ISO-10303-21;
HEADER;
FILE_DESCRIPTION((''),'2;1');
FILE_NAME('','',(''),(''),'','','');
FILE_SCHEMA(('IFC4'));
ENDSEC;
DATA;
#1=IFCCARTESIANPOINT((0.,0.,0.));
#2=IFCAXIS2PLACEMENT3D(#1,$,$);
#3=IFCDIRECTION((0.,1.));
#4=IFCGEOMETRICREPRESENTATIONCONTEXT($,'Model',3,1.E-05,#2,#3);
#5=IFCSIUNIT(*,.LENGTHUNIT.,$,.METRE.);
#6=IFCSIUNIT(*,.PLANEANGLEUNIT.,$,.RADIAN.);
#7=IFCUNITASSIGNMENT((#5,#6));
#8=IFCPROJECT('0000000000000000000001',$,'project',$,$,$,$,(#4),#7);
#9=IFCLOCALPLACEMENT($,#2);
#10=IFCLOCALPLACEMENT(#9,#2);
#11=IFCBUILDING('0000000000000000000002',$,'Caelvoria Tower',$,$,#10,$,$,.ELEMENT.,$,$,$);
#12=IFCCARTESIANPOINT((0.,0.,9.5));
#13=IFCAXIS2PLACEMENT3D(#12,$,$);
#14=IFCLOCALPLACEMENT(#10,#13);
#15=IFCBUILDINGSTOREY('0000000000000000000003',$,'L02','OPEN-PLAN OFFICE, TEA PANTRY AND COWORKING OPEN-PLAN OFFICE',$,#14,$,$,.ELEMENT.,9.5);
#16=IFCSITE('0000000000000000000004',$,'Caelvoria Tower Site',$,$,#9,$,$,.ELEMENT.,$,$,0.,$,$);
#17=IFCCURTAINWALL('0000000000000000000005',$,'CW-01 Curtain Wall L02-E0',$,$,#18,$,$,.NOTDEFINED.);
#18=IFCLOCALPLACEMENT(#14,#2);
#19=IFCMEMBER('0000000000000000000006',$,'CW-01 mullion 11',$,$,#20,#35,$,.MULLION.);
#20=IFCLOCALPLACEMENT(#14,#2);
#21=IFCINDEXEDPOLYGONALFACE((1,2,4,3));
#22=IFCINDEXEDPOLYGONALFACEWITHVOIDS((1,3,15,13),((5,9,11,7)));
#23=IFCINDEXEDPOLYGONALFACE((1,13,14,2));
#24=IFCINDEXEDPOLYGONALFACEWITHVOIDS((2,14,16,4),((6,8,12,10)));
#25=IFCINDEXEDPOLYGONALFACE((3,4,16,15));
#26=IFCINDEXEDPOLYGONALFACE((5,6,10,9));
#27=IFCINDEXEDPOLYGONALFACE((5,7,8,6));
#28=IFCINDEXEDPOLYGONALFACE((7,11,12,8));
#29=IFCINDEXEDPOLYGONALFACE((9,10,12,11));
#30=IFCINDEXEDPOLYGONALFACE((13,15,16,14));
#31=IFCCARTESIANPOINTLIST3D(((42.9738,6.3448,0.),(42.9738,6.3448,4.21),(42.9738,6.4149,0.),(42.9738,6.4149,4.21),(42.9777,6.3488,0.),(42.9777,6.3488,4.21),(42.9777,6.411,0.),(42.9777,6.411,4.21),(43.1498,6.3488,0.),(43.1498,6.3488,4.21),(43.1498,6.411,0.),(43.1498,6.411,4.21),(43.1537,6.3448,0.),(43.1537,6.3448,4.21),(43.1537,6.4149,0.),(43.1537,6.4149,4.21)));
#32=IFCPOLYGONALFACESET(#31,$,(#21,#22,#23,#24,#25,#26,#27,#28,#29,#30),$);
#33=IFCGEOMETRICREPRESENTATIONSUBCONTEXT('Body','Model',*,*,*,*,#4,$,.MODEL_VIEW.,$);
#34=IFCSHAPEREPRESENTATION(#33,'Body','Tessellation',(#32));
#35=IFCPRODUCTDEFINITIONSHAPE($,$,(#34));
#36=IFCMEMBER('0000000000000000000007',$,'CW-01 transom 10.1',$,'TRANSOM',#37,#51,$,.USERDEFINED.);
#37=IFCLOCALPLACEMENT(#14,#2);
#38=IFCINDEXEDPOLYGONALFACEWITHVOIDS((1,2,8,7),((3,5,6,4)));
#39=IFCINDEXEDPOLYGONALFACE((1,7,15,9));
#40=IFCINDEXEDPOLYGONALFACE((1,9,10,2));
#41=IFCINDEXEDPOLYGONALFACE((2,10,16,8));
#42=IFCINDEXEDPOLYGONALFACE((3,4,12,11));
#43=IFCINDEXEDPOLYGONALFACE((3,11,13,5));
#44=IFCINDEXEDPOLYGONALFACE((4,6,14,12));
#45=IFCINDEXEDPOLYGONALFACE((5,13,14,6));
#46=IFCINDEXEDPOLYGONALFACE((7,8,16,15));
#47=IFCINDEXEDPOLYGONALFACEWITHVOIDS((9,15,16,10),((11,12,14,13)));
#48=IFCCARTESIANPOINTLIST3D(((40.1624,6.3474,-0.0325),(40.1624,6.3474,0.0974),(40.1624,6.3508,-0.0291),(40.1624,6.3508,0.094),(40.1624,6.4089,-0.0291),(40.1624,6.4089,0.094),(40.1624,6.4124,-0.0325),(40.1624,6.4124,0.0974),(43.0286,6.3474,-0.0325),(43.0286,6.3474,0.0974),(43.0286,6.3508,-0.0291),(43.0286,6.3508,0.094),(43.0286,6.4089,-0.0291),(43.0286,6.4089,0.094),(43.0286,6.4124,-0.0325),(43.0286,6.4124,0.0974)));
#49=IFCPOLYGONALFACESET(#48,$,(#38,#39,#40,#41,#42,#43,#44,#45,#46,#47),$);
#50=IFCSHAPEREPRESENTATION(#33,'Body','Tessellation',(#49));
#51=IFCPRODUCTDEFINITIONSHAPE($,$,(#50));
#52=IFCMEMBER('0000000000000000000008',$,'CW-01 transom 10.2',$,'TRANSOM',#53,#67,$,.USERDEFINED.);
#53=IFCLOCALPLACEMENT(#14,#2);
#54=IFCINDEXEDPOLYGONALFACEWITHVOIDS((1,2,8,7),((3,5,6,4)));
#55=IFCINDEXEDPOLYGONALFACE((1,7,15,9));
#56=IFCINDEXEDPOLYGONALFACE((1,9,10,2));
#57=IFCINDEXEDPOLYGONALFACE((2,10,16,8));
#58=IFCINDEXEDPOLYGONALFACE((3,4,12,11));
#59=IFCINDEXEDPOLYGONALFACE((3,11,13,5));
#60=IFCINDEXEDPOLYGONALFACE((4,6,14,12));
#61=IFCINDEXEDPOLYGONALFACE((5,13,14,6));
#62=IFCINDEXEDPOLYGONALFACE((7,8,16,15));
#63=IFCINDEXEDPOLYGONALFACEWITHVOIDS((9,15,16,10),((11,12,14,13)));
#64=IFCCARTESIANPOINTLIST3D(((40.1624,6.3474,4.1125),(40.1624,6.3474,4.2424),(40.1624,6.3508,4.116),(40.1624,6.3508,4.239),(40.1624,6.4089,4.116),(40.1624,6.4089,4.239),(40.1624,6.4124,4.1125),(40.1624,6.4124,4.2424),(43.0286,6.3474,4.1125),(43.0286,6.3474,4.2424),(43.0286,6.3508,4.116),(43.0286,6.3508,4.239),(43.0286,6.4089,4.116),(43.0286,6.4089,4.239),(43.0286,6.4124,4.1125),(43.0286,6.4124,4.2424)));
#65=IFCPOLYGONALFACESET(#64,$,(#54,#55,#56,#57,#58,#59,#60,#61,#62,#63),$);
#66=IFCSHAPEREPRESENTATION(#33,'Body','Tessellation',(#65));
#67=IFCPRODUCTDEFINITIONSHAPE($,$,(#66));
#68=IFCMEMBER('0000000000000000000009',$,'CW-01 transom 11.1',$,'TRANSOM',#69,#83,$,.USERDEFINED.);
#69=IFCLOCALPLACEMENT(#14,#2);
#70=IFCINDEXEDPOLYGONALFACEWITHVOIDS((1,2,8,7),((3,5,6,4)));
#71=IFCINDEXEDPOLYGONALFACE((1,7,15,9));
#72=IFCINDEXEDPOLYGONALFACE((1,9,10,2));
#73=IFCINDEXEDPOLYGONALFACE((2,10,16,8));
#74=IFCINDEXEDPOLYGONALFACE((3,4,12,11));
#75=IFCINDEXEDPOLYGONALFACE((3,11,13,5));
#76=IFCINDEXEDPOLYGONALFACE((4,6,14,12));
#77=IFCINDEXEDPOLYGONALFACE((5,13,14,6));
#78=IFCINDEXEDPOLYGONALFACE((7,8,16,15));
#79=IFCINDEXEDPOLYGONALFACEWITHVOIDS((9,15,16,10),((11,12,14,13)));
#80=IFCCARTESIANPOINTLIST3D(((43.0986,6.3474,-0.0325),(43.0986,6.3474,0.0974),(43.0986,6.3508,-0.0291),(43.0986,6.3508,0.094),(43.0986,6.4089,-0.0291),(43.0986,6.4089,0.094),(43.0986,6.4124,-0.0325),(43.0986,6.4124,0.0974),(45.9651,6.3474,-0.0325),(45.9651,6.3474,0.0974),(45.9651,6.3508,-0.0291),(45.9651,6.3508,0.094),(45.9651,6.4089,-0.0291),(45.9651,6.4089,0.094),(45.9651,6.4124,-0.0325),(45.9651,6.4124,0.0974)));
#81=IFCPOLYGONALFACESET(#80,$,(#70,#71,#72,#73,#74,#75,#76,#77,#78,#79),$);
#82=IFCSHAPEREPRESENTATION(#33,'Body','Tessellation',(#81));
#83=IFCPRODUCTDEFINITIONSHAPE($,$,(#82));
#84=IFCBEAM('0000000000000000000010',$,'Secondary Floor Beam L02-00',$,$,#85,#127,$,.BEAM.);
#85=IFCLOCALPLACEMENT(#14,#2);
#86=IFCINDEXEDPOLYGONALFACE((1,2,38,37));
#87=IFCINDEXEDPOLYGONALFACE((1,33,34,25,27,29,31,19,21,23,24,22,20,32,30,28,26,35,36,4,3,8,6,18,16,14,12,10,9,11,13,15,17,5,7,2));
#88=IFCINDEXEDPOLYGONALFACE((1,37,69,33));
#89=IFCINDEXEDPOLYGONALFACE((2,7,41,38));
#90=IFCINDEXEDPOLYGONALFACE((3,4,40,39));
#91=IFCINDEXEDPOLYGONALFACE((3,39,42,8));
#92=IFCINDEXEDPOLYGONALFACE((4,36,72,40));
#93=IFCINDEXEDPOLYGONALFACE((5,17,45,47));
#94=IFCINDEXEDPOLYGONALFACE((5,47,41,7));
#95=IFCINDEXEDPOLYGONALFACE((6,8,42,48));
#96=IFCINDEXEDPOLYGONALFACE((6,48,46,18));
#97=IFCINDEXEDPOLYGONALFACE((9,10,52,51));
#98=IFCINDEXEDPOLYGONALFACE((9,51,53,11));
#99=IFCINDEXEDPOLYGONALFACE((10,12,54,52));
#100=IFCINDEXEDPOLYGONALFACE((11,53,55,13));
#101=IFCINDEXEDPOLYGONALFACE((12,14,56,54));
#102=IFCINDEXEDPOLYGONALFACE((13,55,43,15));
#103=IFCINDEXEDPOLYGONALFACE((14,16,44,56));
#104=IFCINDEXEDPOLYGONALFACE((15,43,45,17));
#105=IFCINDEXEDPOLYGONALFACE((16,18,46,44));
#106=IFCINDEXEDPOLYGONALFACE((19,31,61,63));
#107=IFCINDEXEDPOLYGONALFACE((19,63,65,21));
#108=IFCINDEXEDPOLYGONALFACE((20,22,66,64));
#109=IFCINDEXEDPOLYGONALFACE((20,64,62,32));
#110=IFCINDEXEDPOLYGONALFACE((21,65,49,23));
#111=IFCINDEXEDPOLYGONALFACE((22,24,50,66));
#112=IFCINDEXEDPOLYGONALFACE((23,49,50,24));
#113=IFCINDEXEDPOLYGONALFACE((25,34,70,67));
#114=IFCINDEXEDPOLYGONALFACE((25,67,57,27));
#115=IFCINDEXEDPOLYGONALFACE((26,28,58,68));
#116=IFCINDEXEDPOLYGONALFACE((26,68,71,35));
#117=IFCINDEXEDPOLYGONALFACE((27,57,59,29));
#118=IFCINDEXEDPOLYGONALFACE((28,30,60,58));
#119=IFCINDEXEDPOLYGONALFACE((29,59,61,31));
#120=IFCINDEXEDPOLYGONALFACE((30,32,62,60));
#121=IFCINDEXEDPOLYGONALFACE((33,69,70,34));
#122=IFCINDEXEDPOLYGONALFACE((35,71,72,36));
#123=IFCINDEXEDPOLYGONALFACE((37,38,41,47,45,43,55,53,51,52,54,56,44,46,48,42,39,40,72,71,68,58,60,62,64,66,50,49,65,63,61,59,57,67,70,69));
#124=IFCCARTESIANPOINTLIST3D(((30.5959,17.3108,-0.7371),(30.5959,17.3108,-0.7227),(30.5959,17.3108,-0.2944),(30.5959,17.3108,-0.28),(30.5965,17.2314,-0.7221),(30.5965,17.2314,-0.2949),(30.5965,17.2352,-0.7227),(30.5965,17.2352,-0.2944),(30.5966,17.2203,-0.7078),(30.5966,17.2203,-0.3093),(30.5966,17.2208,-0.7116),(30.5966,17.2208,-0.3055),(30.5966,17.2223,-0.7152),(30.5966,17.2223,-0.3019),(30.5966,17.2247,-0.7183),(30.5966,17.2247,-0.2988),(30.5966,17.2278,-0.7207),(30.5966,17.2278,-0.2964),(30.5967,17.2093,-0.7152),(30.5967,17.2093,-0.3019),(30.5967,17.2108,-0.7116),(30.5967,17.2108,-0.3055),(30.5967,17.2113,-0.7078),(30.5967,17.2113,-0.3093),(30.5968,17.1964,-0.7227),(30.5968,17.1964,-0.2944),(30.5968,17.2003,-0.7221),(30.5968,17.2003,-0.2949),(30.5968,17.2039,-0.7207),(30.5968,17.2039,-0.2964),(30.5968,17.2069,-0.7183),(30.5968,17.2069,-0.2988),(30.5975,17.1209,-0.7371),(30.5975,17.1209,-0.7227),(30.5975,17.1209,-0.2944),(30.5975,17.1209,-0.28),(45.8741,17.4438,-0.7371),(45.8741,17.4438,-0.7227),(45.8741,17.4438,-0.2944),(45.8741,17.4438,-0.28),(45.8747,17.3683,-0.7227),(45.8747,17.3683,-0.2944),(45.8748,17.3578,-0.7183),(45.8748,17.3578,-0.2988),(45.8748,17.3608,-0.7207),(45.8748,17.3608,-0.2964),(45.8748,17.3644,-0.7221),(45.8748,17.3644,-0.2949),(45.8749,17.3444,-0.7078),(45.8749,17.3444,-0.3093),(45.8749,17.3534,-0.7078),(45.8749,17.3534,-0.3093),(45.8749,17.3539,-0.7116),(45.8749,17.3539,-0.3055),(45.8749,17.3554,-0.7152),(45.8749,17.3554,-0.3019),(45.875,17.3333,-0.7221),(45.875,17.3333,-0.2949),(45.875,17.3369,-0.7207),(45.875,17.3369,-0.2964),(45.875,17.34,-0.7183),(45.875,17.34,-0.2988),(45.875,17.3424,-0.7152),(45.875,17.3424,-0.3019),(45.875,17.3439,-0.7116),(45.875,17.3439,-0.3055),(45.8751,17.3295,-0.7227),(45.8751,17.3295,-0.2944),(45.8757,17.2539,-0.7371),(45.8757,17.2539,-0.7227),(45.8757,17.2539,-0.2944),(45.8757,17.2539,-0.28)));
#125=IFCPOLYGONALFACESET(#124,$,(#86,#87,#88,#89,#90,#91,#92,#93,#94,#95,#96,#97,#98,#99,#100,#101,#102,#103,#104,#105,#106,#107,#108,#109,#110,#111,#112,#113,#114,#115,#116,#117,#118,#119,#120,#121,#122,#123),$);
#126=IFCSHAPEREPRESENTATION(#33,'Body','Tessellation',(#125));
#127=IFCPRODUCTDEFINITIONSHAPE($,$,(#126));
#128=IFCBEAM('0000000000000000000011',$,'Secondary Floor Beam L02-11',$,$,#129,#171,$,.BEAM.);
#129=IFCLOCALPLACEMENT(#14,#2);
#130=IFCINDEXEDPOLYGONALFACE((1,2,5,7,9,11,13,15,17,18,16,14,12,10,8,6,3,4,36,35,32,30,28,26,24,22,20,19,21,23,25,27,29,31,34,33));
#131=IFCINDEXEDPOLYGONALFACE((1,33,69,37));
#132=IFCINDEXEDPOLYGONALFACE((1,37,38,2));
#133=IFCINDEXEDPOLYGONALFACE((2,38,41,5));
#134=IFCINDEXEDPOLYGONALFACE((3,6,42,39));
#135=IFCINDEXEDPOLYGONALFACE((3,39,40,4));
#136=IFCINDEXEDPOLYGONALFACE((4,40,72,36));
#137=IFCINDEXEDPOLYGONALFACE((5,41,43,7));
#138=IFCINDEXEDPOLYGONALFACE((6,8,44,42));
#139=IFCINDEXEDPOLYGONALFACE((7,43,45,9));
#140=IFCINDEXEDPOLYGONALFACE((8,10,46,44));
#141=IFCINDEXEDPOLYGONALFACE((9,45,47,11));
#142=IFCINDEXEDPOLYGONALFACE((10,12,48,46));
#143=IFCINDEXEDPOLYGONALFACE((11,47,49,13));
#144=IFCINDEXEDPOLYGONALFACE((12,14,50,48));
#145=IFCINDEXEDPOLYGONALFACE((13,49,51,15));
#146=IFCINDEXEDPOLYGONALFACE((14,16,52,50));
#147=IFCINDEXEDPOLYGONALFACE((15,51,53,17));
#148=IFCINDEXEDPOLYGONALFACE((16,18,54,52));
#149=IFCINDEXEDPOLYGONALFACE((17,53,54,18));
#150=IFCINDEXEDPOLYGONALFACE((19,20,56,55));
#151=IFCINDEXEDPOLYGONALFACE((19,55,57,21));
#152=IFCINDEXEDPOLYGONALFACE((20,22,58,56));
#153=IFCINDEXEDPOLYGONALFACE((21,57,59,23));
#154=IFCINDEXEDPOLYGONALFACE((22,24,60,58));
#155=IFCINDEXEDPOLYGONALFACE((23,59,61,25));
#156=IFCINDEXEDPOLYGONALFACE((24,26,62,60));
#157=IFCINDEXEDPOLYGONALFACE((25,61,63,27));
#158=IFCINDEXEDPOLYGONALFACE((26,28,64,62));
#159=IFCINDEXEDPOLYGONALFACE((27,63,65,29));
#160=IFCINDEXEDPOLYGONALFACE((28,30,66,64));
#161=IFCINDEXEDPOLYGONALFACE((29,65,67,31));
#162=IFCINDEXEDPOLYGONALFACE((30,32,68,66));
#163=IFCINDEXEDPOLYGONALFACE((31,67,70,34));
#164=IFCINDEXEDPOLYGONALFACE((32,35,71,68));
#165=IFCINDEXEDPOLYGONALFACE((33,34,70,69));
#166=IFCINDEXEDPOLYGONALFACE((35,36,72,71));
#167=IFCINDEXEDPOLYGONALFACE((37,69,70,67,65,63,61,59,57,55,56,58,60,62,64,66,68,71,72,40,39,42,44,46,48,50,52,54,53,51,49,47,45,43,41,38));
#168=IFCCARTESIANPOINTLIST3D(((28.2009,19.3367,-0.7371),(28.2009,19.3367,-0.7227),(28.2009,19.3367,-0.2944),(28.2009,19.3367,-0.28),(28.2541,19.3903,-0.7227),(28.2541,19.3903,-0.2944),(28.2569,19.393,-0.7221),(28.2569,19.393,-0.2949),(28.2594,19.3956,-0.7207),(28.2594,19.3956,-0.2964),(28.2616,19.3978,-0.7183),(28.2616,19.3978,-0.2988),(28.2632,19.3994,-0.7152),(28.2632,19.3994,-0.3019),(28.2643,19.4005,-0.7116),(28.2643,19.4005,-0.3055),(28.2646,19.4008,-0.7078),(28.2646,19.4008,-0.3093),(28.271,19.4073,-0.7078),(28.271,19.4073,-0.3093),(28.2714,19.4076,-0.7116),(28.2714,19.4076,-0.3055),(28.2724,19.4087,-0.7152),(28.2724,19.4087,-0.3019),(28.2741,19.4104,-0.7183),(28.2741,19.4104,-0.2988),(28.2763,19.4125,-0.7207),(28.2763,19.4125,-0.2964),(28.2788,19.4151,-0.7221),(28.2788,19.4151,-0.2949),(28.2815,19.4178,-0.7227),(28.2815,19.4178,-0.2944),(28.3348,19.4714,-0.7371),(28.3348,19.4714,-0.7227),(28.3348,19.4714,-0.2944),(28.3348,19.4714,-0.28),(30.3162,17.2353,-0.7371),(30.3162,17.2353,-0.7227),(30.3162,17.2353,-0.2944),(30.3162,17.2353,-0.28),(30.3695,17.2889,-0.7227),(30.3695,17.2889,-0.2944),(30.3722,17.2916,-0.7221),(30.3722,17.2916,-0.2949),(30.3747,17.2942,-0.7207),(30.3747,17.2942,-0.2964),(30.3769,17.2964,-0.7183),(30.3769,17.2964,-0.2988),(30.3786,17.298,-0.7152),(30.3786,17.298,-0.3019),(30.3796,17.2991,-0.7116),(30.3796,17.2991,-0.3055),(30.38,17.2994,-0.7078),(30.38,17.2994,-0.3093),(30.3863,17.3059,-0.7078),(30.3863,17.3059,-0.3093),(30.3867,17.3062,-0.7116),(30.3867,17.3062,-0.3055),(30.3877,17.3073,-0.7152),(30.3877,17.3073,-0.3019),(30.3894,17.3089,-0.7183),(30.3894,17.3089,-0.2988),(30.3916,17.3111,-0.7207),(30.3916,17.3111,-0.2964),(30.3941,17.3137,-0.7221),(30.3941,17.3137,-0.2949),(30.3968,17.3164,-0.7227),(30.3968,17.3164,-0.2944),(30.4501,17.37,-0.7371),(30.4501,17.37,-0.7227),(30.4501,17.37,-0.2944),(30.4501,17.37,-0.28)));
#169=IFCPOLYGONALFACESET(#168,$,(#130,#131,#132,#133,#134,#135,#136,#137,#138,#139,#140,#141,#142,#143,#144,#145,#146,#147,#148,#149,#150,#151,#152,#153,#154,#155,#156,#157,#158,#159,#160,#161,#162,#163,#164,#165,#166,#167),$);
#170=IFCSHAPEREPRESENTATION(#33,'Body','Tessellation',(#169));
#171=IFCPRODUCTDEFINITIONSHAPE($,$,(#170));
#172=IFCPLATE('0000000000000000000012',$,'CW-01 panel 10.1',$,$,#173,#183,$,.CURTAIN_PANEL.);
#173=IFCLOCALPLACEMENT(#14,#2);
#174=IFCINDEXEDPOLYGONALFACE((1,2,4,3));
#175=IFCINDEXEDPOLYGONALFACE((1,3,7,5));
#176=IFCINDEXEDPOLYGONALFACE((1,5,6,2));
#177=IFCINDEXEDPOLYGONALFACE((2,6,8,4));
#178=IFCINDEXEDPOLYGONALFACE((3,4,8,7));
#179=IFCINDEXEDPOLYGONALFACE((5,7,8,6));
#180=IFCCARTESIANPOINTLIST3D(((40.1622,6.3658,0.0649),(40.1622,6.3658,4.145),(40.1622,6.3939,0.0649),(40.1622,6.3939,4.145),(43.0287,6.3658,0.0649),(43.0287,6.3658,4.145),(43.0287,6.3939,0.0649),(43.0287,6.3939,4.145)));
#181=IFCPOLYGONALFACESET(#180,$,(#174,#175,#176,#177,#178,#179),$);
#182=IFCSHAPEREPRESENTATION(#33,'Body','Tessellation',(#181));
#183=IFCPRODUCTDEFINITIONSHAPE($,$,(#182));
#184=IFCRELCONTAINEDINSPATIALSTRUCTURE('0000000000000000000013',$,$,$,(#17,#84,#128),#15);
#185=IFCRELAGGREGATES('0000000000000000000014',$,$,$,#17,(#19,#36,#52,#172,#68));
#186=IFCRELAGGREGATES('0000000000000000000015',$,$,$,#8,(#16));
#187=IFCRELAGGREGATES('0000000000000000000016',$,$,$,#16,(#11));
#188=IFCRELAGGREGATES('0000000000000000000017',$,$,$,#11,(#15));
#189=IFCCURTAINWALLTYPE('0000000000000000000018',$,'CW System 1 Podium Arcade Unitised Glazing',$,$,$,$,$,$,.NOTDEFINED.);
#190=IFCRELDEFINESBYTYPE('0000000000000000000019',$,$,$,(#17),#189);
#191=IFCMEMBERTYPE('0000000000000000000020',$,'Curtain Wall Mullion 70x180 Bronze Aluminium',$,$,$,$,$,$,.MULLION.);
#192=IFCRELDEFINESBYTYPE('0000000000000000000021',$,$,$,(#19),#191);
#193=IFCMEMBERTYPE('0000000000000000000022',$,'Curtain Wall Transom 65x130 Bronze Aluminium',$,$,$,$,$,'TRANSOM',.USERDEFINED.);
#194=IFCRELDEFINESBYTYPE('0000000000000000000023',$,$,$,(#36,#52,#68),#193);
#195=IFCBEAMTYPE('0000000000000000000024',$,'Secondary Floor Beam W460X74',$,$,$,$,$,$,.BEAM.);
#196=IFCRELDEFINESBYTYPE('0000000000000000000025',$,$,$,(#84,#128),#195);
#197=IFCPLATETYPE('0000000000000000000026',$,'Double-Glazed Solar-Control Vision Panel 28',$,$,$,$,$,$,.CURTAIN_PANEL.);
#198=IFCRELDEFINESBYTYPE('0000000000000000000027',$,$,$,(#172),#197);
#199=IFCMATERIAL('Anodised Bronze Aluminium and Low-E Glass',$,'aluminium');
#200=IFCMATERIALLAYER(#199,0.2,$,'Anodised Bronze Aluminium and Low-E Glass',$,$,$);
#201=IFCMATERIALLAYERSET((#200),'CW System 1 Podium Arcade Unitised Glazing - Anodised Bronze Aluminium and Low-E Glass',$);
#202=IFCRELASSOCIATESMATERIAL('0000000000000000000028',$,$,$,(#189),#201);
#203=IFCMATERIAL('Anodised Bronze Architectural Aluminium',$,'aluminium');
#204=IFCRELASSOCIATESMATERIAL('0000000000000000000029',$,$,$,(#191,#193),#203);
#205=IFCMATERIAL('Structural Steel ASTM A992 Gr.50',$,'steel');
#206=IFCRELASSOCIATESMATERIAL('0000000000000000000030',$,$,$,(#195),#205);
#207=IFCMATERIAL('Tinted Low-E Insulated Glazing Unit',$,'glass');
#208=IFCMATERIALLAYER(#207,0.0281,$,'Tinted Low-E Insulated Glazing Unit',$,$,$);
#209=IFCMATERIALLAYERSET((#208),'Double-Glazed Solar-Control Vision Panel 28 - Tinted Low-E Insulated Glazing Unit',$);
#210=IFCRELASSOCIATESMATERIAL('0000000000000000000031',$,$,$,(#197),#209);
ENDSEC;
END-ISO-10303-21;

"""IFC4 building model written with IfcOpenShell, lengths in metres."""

from ifc_helpers import new_model, si_unit, direction, frame, origin, origin_2d, place, context, subcontext, project, spatial, rectangle, hollow_rectangle, i_section, extrude, material, layer, layer_set, material_profile, profile_set, type_object, element, aggregate, save


model = new_model("IFC4")

# Units and contexts
model_context = context("Model", 3, precision=1e-05, world=origin(), true_north=direction((0.0, 1.0)))
body_context = subcontext(model_context, "Body", "Model", "MODEL_VIEW")
ifc_project = project(units=[si_unit("LENGTHUNIT", "METRE"), si_unit("PLANEANGLEUNIT", "RADIAN")], contexts=[model_context])

# Site, building, storey
site_placement = place(None, origin())
site = spatial("IfcSite", under=ifc_project, at=site_placement, Name="Caelvoria Tower Site", CompositionType="ELEMENT", RefElevation=0.0)
building_placement = place(site_placement, origin())
building = spatial("IfcBuilding", under=site, at=building_placement, Name="Caelvoria Tower", CompositionType="ELEMENT")
storey_placement = place(building_placement, frame((0.0, 0.0, 9.5)))
storey = spatial("IfcBuildingStorey", under=building, at=storey_placement, Name="L02", Description="OPEN-PLAN OFFICE, TEA PANTRY AND COWORKING OPEN-PLAN OFFICE", CompositionType="ELEMENT", Elevation=9.5)

# Curtain wall, members
ifc_material_1 = material(Name="Anodised Bronze Aluminium and Low-E Glass", Category="aluminium")
ifc_layer_1 = layer(ifc_material_1, 0.2, Name="Anodised Bronze Aluminium and Low-E Glass")
ifc_layer_set_1 = layer_set([ifc_layer_1], Name="CW System 1 Podium Arcade Unitised Glazing - Anodised Bronze Aluminium and Low-E Glass")
curtain_wall_type = type_object("IfcCurtainWallType", Name="CW System 1 Podium Arcade Unitised Glazing", PredefinedType="NOTDEFINED", material=ifc_layer_set_1)
curtain_wall_placement = place(storey_placement, origin())
curtain_wall = element("IfcCurtainWall", 1, at=curtain_wall_placement, inside=storey, type_object=curtain_wall_type, Name="CW-01 Curtain Wall L02-E0", PredefinedType="NOTDEFINED")
ifc_material_2 = material(Name="Anodised Bronze Architectural Aluminium", Category="aluminium")
ifc_material_profile_1 = material_profile(ifc_material_2, hollow_rectangle(XDim=0.0701, YDim=0.1799, WallThickness=0.0039, at=origin_2d()), Name="Anodised Bronze Architectural Aluminium")
ifc_profile_set_1 = profile_set([ifc_material_profile_1], Name="CW_MULL_70X180 - Anodised Bronze Architectural Aluminium")
member_type_1 = type_object("IfcMemberType", Name="Curtain Wall Mullion 70x180 Bronze Aluminium", PredefinedType="MULLION", material=ifc_profile_set_1)
member_1_placement = place(storey_placement, frame((43.0637, 6.3799, 0.0), z_axis=(0.0, 0.0, 1.0), x_axis=(0.0, 1.0, 0.0)))
member_1 = element("IfcMember", 2, at=member_1_placement, type_object=member_type_1, Name="CW-01 mullion 11", PredefinedType="MULLION", context=body_context, shape_type="SweptSolid", body=[
    extrude(hollow_rectangle(XDim=0.0701, YDim=0.1799, WallThickness=0.0039, at=origin_2d()), origin(), (0.0, 0.0, 1.0), 4.21),
])
ifc_material_profile_2 = material_profile(ifc_material_2, hollow_rectangle(XDim=0.0649, YDim=0.1299, WallThickness=0.0034, at=origin_2d()), Name="Anodised Bronze Architectural Aluminium")
ifc_profile_set_2 = profile_set([ifc_material_profile_2], Name="CW_TRAN_65X130 - Anodised Bronze Architectural Aluminium")
member_type_2 = type_object("IfcMemberType", Name="Curtain Wall Transom 65x130 Bronze Aluminium", ElementType="TRANSOM", PredefinedType="USERDEFINED", material=ifc_profile_set_2)
member_2_placement = place(storey_placement, frame((40.1624, 6.3799, 0.0325), z_axis=(1.0, 0.0, 0.0), x_axis=(0.0, 1.0, 0.0)))
member_2 = element("IfcMember", 3, at=member_2_placement, type_object=member_type_2, Name="CW-01 transom 10.1", ObjectType="TRANSOM", PredefinedType="USERDEFINED", context=body_context, shape_type="SweptSolid", body=[
    extrude(hollow_rectangle(XDim=0.0649, YDim=0.1299, WallThickness=0.0034, at=origin_2d()), origin(), (0.0, 0.0, 1.0), 2.8662),
])
member_3_placement = place(storey_placement, frame((40.1624, 6.3799, 4.1775), z_axis=(1.0, 0.0, 0.0), x_axis=(0.0, 1.0, 0.0)))
member_3 = element("IfcMember", 4, at=member_3_placement, type_object=member_type_2, Name="CW-01 transom 10.2", ObjectType="TRANSOM", PredefinedType="USERDEFINED", context=body_context, shape_type="SweptSolid", body=[
    extrude(hollow_rectangle(XDim=0.0649, YDim=0.1299, WallThickness=0.0034, at=origin_2d()), origin(), (0.0, 0.0, 1.0), 2.8662),
])
member_4_placement = place(storey_placement, frame((43.0986, 6.3799, 0.0325), z_axis=(1.0, 0.0, 0.0), x_axis=(0.0, 1.0, 0.0)))
member_4 = element("IfcMember", 5, at=member_4_placement, type_object=member_type_2, Name="CW-01 transom 11.1", ObjectType="TRANSOM", PredefinedType="USERDEFINED", context=body_context, shape_type="SweptSolid", body=[
    extrude(hollow_rectangle(XDim=0.0649, YDim=0.1299, WallThickness=0.0034, at=origin_2d()), origin(), (0.0, 0.0, 1.0), 2.8665),
])

# Beams
ifc_material_3 = material(Name="Structural Steel ASTM A992 Gr.50", Category="steel")
ifc_material_profile_3 = material_profile(ifc_material_3, i_section(OverallWidth=0.1899, OverallDepth=0.457, WebThickness=0.009, FlangeThickness=0.0144, FilletRadius=0.0149, at=origin_2d()), Name="Structural Steel ASTM A992 Gr.50")
ifc_profile_set_3 = profile_set([ifc_material_profile_3], Name="W460X74 - Structural Steel ASTM A992 Gr.50")
beam_type = type_object("IfcBeamType", Name="Secondary Floor Beam W460X74", PredefinedType="BEAM", material=ifc_profile_set_3)
beam_1_placement = place(storey_placement, frame((30.5967, 17.2158, -0.5085), z_axis=(0.999962, 0.008709, 0.0), x_axis=(-0.008709, 0.999962, 0.0)))
element("IfcBeam", 6, at=beam_1_placement, inside=storey, type_object=beam_type, Name="Secondary Floor Beam L02-00", PredefinedType="BEAM", context=body_context, shape_type="SweptSolid", body=[
    extrude(i_section(OverallWidth=0.1899, OverallDepth=0.457, WebThickness=0.009, FlangeThickness=0.0144, FilletRadius=0.0149, at=origin_2d()), origin(), (0.0, 0.0, 1.0), 15.2788),
])
beam_2_placement = place(storey_placement, frame((28.2678, 19.4041, -0.5085), z_axis=(0.709437, -0.704769, 0.0), x_axis=(0.704769, 0.709437, 0.0)))
element("IfcBeam", 7, at=beam_2_placement, inside=storey, type_object=beam_type, Name="Secondary Floor Beam L02-11", PredefinedType="BEAM", context=body_context, shape_type="SweptSolid", body=[
    extrude(i_section(OverallWidth=0.1899, OverallDepth=0.457, WebThickness=0.009, FlangeThickness=0.0144, FilletRadius=0.0149, at=origin_2d()), origin(), (0.0, 0.0, 1.0), 2.9817),
])

# Plate
ifc_material_4 = material(Name="Tinted Low-E Insulated Glazing Unit", Category="glass")
ifc_layer_2 = layer(ifc_material_4, 0.0281, Name="Tinted Low-E Insulated Glazing Unit")
ifc_layer_set_2 = layer_set([ifc_layer_2], Name="Double-Glazed Solar-Control Vision Panel 28 - Tinted Low-E Insulated Glazing Unit")
plate_type = type_object("IfcPlateType", Name="Double-Glazed Solar-Control Vision Panel 28", PredefinedType="CURTAIN_PANEL", material=ifc_layer_set_2)
plate_placement = place(storey_placement, frame((41.5955, 6.3799, 0.0649), z_axis=(0.0, 0.0, 1.0), x_axis=(1.0, 0.0, 0.0)))
plate = element("IfcPlate", 8, at=plate_placement, type_object=plate_type, Name="CW-01 panel 10.1", PredefinedType="CURTAIN_PANEL", context=body_context, shape_type="SweptSolid", body=[
    extrude(rectangle(XDim=2.8665, YDim=0.0281, at=origin_2d()), origin(), (0.0, 0.0, 1.0), 4.0801),
])
aggregate(curtain_wall, [member_1, member_2, member_3, plate, member_4])

save(model, "model.ifc")
